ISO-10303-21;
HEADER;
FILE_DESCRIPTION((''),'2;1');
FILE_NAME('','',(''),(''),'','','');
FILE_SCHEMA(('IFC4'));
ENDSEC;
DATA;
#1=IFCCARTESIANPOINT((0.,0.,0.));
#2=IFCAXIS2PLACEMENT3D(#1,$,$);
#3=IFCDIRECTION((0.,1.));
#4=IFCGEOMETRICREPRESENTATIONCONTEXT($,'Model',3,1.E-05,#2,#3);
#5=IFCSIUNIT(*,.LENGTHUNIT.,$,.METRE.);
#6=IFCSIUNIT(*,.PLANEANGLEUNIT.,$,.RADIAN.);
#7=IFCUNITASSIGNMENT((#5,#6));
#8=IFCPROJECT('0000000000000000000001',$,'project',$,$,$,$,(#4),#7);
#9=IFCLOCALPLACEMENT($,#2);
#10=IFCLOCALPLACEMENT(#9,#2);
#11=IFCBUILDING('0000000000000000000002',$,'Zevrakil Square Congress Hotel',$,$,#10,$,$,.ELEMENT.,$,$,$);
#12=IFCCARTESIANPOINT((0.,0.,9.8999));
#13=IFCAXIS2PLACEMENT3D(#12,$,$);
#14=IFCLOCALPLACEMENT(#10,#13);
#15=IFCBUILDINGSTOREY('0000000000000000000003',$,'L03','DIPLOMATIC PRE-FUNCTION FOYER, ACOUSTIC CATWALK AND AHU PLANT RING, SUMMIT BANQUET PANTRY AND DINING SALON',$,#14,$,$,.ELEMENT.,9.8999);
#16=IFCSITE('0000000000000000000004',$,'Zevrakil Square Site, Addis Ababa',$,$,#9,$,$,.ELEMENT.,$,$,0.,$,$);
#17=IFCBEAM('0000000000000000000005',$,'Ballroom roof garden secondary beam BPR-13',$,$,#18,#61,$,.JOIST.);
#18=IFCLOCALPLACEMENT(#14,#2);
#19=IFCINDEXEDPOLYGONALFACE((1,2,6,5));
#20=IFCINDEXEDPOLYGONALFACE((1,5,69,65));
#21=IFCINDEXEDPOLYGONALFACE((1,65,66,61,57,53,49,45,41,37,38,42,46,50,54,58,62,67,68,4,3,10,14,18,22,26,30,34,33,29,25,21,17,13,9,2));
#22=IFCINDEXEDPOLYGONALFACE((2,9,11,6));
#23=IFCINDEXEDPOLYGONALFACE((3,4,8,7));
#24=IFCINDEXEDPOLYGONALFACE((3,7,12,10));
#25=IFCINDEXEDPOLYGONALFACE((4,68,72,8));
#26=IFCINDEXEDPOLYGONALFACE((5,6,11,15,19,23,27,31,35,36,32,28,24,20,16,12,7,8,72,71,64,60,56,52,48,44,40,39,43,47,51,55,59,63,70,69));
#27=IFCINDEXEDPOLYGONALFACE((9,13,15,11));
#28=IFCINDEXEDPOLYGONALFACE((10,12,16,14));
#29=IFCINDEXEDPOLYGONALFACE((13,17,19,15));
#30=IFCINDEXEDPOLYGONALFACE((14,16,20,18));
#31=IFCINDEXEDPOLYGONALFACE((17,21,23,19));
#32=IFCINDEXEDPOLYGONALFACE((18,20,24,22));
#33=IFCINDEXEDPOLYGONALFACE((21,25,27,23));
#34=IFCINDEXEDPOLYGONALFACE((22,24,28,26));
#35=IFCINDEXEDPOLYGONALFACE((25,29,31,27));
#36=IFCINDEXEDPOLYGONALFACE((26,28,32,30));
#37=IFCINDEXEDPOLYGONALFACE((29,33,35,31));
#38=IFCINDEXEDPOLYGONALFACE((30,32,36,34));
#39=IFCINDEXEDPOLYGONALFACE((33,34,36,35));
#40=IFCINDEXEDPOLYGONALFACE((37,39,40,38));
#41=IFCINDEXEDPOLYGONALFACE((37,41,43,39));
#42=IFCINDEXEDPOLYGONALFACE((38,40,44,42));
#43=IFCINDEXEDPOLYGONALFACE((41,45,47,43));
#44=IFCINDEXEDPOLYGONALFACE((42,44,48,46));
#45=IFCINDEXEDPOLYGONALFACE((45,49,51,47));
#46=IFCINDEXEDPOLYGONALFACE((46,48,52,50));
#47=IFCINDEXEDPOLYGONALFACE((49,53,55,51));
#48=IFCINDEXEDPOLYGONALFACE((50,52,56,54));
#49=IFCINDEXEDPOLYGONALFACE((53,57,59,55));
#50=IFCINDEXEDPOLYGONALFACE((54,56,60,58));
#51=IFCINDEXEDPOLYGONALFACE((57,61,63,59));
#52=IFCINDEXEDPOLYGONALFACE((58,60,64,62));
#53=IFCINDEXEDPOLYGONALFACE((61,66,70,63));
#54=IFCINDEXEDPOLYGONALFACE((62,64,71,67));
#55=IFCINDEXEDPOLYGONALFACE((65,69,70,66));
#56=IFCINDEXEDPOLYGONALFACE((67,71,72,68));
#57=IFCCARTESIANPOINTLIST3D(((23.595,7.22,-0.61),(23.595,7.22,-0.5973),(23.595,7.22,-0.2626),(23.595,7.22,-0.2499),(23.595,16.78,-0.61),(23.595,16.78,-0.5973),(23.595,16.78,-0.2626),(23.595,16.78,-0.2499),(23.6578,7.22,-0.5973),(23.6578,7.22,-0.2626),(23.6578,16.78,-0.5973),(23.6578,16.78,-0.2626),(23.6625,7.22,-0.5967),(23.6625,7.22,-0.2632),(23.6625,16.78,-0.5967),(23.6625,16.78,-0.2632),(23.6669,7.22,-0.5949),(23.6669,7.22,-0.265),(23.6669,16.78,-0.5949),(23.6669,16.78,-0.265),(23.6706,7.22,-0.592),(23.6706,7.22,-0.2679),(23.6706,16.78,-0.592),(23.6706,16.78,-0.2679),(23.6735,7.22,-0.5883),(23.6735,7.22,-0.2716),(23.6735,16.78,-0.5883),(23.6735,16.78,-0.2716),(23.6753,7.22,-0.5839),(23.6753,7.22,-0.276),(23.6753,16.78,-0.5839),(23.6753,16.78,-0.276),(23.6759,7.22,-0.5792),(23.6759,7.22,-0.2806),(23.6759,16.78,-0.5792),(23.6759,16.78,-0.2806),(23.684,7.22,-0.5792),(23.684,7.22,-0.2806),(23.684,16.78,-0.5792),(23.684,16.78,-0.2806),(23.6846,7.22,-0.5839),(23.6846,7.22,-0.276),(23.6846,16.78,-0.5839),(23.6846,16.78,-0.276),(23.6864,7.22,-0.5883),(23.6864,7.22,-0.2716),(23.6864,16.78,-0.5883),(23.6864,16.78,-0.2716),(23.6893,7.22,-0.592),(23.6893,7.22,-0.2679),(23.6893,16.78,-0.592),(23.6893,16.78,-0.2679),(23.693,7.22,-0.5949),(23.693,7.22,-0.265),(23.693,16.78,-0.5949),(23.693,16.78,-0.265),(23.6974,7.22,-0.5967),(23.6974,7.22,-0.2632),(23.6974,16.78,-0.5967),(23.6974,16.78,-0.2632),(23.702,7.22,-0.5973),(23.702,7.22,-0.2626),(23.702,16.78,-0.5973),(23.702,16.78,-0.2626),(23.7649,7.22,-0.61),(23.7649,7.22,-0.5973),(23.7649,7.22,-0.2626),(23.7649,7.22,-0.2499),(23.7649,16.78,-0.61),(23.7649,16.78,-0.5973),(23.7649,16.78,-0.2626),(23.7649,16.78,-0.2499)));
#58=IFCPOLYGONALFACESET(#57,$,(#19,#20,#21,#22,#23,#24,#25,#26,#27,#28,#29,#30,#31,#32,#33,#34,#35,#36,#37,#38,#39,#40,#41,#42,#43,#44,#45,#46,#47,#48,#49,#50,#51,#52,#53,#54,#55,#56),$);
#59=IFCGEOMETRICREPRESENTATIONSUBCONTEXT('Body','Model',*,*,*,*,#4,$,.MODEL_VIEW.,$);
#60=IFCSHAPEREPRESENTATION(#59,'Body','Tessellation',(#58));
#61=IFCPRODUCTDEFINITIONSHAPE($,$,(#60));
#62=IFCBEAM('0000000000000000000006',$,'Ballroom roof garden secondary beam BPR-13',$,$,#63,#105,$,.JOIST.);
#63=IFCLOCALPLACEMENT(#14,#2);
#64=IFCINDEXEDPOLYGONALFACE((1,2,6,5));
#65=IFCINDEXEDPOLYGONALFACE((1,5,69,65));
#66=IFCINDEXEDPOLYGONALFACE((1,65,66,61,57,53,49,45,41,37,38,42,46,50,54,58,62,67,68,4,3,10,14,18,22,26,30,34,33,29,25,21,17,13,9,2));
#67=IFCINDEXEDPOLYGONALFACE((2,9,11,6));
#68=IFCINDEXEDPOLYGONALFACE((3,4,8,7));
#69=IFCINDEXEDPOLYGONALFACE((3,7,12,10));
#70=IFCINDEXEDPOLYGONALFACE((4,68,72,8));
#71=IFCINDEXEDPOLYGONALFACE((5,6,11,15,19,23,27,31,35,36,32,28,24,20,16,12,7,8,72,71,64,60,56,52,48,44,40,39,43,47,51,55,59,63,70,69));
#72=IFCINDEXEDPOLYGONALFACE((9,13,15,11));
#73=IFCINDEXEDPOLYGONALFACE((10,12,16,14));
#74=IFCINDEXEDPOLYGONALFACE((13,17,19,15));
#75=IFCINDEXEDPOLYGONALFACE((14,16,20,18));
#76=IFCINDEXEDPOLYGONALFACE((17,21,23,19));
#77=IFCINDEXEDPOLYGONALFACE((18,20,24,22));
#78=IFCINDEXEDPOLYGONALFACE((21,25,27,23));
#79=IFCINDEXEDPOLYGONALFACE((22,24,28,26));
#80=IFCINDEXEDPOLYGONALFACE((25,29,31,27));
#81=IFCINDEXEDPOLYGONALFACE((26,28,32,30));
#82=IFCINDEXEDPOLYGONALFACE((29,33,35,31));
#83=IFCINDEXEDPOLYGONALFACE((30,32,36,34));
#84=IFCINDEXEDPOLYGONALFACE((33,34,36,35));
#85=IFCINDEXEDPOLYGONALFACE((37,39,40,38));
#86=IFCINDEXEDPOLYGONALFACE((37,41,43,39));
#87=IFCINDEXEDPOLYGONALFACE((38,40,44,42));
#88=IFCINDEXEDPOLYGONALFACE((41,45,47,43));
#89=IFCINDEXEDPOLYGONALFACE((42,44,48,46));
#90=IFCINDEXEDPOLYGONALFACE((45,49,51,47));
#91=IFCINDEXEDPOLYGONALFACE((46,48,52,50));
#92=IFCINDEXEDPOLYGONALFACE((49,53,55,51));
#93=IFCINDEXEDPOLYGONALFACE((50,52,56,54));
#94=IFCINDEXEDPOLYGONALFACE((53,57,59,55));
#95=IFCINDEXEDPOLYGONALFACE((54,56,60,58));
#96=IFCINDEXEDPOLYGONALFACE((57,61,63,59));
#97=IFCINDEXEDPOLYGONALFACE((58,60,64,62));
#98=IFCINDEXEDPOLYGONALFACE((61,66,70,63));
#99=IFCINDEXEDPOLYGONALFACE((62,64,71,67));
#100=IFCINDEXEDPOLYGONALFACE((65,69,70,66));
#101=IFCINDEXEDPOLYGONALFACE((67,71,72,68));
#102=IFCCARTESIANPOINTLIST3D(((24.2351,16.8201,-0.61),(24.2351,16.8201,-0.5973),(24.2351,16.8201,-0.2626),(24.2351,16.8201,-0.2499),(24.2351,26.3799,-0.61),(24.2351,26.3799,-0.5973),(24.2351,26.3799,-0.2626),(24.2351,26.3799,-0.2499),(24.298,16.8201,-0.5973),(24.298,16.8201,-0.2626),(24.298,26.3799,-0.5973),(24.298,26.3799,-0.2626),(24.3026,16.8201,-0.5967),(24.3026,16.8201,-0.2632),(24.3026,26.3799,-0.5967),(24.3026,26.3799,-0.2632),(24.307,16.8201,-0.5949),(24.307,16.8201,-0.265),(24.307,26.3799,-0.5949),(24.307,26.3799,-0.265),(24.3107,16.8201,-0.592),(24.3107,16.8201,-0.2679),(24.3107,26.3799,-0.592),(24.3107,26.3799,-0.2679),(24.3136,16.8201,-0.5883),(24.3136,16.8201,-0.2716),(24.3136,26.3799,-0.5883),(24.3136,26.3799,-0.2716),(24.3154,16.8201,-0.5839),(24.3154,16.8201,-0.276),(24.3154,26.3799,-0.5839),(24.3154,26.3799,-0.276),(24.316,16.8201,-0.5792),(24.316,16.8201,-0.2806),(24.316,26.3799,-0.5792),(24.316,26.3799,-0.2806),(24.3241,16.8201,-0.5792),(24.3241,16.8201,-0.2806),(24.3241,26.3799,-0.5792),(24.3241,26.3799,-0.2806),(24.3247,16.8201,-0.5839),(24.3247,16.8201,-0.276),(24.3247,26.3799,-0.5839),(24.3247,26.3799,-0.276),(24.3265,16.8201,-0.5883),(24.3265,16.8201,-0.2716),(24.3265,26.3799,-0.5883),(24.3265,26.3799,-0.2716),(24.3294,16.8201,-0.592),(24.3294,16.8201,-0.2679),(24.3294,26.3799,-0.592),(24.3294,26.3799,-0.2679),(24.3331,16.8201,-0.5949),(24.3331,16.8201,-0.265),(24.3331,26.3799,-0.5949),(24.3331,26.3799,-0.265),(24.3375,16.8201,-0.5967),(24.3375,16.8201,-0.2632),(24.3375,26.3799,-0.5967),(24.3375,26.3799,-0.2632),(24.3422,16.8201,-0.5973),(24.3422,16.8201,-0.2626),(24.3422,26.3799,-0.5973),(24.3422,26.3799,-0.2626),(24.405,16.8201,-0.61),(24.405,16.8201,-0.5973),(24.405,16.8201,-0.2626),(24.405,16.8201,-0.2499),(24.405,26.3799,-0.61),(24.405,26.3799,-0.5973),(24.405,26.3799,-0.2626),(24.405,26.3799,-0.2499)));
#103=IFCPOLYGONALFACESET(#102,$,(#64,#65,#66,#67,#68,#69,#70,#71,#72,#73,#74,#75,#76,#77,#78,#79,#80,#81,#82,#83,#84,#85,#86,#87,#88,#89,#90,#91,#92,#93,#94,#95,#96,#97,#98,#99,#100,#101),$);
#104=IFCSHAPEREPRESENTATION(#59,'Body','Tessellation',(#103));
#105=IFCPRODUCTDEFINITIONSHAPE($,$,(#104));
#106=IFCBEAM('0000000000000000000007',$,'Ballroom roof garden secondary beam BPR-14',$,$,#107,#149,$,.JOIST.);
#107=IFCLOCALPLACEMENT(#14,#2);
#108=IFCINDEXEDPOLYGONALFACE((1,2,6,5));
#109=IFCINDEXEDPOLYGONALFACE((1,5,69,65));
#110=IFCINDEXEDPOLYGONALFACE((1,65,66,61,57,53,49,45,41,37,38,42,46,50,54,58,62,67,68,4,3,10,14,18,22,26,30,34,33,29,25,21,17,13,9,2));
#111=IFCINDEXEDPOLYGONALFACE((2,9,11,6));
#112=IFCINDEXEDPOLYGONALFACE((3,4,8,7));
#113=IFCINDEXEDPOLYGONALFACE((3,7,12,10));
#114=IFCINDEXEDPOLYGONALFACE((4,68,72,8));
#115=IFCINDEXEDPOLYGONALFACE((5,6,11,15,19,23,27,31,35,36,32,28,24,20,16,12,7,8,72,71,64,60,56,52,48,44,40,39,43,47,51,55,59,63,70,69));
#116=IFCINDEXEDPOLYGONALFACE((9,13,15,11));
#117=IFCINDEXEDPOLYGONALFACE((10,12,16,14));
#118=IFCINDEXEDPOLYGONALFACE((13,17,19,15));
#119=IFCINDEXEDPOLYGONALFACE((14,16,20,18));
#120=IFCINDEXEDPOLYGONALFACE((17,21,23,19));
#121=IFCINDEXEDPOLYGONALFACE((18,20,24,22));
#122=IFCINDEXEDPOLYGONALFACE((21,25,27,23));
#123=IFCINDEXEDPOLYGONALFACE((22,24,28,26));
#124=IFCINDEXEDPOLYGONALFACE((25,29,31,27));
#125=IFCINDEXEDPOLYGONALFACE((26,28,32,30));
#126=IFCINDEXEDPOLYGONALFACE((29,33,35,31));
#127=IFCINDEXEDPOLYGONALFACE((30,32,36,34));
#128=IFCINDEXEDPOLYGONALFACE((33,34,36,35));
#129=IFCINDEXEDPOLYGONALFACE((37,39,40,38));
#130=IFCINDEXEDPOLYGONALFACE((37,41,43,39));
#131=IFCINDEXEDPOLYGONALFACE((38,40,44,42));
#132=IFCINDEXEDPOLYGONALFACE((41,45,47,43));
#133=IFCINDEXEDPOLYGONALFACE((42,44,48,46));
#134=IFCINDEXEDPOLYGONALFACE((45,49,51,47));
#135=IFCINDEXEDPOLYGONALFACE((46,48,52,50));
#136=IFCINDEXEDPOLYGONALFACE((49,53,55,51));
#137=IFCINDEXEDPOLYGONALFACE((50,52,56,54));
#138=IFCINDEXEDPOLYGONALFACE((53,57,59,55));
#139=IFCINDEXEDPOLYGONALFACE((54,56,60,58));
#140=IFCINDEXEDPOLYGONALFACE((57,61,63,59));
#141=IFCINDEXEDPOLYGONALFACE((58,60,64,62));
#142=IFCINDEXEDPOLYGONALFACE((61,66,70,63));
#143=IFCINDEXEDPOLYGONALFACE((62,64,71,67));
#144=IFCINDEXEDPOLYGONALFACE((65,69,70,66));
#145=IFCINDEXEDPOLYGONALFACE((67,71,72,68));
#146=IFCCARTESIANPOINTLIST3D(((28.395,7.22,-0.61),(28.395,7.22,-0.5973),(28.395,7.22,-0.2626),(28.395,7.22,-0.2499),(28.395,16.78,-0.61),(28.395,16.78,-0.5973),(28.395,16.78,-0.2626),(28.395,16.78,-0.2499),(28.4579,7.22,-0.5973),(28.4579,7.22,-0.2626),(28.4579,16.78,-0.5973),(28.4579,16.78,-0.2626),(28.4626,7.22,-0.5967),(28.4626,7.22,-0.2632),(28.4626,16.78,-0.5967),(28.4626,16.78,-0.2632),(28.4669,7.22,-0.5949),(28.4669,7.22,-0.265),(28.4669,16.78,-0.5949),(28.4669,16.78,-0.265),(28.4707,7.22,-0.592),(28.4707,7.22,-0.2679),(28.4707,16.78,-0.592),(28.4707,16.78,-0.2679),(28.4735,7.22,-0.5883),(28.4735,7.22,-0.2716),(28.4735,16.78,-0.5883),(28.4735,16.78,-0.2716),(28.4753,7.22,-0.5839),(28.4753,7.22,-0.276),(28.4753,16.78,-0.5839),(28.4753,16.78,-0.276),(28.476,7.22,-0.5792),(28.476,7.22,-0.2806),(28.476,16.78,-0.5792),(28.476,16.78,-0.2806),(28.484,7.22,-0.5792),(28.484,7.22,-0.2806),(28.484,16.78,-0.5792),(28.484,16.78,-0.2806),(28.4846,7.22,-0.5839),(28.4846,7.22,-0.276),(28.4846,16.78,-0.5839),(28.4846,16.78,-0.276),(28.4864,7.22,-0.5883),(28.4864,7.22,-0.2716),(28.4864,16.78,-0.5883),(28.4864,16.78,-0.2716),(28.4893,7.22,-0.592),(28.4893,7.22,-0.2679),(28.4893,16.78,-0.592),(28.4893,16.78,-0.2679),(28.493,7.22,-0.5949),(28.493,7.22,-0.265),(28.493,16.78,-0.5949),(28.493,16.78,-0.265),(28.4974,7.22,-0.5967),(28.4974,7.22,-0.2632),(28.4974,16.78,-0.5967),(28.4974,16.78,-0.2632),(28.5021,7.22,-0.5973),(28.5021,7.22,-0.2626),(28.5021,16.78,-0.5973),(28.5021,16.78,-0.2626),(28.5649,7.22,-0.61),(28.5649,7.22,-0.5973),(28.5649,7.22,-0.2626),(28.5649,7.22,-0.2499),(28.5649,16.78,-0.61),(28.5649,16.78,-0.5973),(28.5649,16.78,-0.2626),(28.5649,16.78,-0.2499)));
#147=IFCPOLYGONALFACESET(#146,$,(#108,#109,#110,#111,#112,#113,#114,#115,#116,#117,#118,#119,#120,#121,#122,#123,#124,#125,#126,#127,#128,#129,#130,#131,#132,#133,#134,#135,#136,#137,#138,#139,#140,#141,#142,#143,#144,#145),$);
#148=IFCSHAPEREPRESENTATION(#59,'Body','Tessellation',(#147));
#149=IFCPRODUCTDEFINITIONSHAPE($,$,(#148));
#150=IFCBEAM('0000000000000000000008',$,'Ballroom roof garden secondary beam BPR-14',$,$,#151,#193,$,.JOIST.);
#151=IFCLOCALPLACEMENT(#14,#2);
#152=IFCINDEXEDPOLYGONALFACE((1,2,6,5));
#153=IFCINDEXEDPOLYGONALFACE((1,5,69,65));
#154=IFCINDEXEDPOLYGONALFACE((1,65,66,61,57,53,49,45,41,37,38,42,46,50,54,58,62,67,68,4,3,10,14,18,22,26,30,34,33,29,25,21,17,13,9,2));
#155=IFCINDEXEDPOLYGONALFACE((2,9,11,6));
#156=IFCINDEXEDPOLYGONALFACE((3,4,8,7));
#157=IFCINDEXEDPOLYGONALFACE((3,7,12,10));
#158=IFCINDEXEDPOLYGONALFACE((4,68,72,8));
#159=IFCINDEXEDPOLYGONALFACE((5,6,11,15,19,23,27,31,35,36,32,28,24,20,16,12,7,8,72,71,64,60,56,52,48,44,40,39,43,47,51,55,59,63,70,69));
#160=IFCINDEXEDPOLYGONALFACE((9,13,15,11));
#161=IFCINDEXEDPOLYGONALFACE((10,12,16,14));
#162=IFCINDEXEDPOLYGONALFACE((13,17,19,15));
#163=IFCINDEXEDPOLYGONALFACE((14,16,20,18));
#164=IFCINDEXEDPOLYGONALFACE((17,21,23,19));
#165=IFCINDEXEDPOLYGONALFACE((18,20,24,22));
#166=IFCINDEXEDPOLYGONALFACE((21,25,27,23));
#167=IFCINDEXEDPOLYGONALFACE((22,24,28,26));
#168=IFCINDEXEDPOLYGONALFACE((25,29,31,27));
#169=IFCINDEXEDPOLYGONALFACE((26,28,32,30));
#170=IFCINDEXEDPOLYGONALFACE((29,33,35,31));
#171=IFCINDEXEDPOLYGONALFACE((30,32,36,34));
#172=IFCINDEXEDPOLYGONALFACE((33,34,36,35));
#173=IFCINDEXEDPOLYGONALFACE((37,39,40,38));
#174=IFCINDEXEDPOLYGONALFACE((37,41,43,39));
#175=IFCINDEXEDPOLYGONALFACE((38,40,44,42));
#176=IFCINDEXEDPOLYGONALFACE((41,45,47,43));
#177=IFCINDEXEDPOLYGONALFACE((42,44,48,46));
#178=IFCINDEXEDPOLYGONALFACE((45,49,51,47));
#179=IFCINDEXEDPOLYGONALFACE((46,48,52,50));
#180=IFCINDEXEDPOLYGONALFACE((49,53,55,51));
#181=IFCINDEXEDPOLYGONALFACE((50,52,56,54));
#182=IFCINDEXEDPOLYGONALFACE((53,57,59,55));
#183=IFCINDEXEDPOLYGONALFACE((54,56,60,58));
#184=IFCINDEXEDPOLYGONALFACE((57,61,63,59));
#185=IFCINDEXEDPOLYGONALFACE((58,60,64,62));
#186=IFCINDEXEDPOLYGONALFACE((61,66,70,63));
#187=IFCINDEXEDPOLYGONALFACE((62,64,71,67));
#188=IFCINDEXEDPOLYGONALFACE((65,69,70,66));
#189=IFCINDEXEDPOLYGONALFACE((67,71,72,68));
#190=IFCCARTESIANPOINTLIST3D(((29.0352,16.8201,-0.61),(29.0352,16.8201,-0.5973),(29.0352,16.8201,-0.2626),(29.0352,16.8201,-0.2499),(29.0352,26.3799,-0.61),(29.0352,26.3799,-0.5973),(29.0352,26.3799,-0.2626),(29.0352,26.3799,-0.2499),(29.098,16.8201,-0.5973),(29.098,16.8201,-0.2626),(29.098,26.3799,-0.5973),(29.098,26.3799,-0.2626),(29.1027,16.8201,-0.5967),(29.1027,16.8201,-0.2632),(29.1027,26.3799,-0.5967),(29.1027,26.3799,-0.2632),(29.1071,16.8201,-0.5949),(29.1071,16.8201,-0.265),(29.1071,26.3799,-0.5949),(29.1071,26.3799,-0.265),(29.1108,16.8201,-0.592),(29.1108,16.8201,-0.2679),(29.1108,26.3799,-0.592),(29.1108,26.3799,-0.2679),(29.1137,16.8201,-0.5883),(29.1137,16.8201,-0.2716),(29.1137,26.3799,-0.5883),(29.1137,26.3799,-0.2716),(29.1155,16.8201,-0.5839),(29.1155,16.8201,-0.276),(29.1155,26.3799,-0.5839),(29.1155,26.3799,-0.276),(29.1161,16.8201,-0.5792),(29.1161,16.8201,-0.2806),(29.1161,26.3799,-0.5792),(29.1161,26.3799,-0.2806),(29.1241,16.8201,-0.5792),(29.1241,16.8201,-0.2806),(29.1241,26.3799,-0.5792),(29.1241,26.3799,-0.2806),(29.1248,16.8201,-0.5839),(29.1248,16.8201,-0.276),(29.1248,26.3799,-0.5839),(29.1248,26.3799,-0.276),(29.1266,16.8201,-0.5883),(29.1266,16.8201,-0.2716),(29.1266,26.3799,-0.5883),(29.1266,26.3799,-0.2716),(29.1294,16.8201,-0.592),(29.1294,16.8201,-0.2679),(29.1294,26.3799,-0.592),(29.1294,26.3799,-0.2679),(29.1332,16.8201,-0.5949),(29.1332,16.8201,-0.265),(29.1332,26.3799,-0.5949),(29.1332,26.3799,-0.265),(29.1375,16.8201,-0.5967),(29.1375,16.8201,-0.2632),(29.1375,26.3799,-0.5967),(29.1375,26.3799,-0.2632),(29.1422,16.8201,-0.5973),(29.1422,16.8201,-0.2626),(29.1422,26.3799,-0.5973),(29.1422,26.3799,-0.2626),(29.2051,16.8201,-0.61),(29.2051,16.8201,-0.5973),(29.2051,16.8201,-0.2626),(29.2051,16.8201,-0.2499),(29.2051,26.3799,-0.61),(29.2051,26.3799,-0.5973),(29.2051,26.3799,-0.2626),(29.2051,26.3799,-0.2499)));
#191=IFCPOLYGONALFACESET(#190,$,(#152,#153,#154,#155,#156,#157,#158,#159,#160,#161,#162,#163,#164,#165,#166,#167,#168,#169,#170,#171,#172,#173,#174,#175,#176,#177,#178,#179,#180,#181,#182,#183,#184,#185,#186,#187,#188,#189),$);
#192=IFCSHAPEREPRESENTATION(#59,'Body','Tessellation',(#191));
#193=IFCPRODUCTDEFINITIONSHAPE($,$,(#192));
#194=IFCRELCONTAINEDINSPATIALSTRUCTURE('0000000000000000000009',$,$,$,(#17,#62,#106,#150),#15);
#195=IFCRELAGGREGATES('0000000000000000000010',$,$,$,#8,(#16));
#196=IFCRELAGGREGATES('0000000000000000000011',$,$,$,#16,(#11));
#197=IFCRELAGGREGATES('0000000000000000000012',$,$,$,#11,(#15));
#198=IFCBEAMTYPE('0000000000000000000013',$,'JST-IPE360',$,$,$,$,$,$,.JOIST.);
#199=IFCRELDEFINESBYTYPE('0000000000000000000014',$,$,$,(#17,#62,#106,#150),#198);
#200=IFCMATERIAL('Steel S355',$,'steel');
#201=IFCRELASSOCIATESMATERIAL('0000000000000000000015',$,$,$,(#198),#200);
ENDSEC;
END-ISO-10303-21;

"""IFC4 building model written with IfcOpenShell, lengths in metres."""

from ifc_helpers import new_model, si_unit, direction, frame, origin, origin_2d, place, context, subcontext, project, spatial, i_section, extrude, material, material_profile, profile_set, type_object, element, save


model = new_model("IFC4")

# Units and contexts
model_context = context("Model", 3, precision=1e-05, world=origin(), true_north=direction((0.0, 1.0)))
body_context = subcontext(model_context, "Body", "Model", "MODEL_VIEW")
ifc_project = project(units=[si_unit("LENGTHUNIT", "METRE"), si_unit("PLANEANGLEUNIT", "RADIAN")], contexts=[model_context])

# Site, building, storey
site_placement = place(None, origin())
site = spatial("IfcSite", under=ifc_project, at=site_placement, Name="Zevrakil Square Site, Addis Ababa", CompositionType="ELEMENT", RefElevation=0.0)
building_placement = place(site_placement, origin())
building = spatial("IfcBuilding", under=site, at=building_placement, Name="Zevrakil Square Congress Hotel", CompositionType="ELEMENT")
storey_placement = place(building_placement, frame((0.0, 0.0, 9.8999)))
storey = spatial("IfcBuildingStorey", under=building, at=storey_placement, Name="L03", Description="DIPLOMATIC PRE-FUNCTION FOYER, ACOUSTIC CATWALK AND AHU PLANT RING, SUMMIT BANQUET PANTRY AND DINING SALON", CompositionType="ELEMENT", Elevation=9.8999)

# Beams
ifc_material_1 = material(Name="Steel S355", Category="steel")
ifc_material_profile_1 = material_profile(ifc_material_1, i_section(OverallWidth=0.1699, OverallDepth=0.3601, WebThickness=0.0081, FlangeThickness=0.0127, FilletRadius=0.0181, at=origin_2d()), Name="IPE 360")
ifc_profile_set_1 = profile_set([ifc_material_profile_1], Name="Steel S355")
beam_type_1 = type_object("IfcBeamType", Name="JST-IPE360", PredefinedType="JOIST", material=ifc_profile_set_1)
beam_1_placement = place(storey_placement, frame((23.6799, 7.22, -0.4299), z_axis=(0.0, 1.0, 0.0), x_axis=(-1.0, 0.0, 0.0)))
element("IfcBeam", 1, at=beam_1_placement, inside=storey, type_object=beam_type_1, Name="Ballroom roof garden secondary beam BPR-13", PredefinedType="JOIST", context=body_context, shape_type="SweptSolid", body=[
    extrude(i_section(OverallWidth=0.1699, OverallDepth=0.3601, WebThickness=0.0081, FlangeThickness=0.0127, FilletRadius=0.0181, at=origin_2d()), origin(), (0.0, 0.0, 1.0), 9.5601),
])
beam_2_placement = place(storey_placement, frame((24.3201, 16.8201, -0.4299), z_axis=(0.0, 1.0, 0.0), x_axis=(-1.0, 0.0, 0.0)))
element("IfcBeam", 2, at=beam_2_placement, inside=storey, type_object=beam_type_1, Name="Ballroom roof garden secondary beam BPR-13", PredefinedType="JOIST", context=body_context, shape_type="SweptSolid", body=[
    extrude(i_section(OverallWidth=0.1699, OverallDepth=0.3601, WebThickness=0.0081, FlangeThickness=0.0127, FilletRadius=0.0181, at=origin_2d()), origin(), (0.0, 0.0, 1.0), 9.5598),
])
beam_3_placement = place(storey_placement, frame((28.48, 7.22, -0.4299), z_axis=(0.0, 1.0, 0.0), x_axis=(-1.0, 0.0, 0.0)))
element("IfcBeam", 3, at=beam_3_placement, inside=storey, type_object=beam_type_1, Name="Ballroom roof garden secondary beam BPR-14", PredefinedType="JOIST", context=body_context, shape_type="SweptSolid", body=[
    extrude(i_section(OverallWidth=0.1699, OverallDepth=0.3601, WebThickness=0.0081, FlangeThickness=0.0127, FilletRadius=0.0181, at=origin_2d()), origin(), (0.0, 0.0, 1.0), 9.5601),
])
beam_4_placement = place(storey_placement, frame((29.1201, 16.8201, -0.4299), z_axis=(0.0, 1.0, 0.0), x_axis=(-1.0, 0.0, 0.0)))
element("IfcBeam", 4, at=beam_4_placement, inside=storey, type_object=beam_type_1, Name="Ballroom roof garden secondary beam BPR-14", PredefinedType="JOIST", context=body_context, shape_type="SweptSolid", body=[
    extrude(i_section(OverallWidth=0.1699, OverallDepth=0.3601, WebThickness=0.0081, FlangeThickness=0.0127, FilletRadius=0.0181, at=origin_2d()), origin(), (0.0, 0.0, 1.0), 9.5598),
])

save(model, "model.ifc")
